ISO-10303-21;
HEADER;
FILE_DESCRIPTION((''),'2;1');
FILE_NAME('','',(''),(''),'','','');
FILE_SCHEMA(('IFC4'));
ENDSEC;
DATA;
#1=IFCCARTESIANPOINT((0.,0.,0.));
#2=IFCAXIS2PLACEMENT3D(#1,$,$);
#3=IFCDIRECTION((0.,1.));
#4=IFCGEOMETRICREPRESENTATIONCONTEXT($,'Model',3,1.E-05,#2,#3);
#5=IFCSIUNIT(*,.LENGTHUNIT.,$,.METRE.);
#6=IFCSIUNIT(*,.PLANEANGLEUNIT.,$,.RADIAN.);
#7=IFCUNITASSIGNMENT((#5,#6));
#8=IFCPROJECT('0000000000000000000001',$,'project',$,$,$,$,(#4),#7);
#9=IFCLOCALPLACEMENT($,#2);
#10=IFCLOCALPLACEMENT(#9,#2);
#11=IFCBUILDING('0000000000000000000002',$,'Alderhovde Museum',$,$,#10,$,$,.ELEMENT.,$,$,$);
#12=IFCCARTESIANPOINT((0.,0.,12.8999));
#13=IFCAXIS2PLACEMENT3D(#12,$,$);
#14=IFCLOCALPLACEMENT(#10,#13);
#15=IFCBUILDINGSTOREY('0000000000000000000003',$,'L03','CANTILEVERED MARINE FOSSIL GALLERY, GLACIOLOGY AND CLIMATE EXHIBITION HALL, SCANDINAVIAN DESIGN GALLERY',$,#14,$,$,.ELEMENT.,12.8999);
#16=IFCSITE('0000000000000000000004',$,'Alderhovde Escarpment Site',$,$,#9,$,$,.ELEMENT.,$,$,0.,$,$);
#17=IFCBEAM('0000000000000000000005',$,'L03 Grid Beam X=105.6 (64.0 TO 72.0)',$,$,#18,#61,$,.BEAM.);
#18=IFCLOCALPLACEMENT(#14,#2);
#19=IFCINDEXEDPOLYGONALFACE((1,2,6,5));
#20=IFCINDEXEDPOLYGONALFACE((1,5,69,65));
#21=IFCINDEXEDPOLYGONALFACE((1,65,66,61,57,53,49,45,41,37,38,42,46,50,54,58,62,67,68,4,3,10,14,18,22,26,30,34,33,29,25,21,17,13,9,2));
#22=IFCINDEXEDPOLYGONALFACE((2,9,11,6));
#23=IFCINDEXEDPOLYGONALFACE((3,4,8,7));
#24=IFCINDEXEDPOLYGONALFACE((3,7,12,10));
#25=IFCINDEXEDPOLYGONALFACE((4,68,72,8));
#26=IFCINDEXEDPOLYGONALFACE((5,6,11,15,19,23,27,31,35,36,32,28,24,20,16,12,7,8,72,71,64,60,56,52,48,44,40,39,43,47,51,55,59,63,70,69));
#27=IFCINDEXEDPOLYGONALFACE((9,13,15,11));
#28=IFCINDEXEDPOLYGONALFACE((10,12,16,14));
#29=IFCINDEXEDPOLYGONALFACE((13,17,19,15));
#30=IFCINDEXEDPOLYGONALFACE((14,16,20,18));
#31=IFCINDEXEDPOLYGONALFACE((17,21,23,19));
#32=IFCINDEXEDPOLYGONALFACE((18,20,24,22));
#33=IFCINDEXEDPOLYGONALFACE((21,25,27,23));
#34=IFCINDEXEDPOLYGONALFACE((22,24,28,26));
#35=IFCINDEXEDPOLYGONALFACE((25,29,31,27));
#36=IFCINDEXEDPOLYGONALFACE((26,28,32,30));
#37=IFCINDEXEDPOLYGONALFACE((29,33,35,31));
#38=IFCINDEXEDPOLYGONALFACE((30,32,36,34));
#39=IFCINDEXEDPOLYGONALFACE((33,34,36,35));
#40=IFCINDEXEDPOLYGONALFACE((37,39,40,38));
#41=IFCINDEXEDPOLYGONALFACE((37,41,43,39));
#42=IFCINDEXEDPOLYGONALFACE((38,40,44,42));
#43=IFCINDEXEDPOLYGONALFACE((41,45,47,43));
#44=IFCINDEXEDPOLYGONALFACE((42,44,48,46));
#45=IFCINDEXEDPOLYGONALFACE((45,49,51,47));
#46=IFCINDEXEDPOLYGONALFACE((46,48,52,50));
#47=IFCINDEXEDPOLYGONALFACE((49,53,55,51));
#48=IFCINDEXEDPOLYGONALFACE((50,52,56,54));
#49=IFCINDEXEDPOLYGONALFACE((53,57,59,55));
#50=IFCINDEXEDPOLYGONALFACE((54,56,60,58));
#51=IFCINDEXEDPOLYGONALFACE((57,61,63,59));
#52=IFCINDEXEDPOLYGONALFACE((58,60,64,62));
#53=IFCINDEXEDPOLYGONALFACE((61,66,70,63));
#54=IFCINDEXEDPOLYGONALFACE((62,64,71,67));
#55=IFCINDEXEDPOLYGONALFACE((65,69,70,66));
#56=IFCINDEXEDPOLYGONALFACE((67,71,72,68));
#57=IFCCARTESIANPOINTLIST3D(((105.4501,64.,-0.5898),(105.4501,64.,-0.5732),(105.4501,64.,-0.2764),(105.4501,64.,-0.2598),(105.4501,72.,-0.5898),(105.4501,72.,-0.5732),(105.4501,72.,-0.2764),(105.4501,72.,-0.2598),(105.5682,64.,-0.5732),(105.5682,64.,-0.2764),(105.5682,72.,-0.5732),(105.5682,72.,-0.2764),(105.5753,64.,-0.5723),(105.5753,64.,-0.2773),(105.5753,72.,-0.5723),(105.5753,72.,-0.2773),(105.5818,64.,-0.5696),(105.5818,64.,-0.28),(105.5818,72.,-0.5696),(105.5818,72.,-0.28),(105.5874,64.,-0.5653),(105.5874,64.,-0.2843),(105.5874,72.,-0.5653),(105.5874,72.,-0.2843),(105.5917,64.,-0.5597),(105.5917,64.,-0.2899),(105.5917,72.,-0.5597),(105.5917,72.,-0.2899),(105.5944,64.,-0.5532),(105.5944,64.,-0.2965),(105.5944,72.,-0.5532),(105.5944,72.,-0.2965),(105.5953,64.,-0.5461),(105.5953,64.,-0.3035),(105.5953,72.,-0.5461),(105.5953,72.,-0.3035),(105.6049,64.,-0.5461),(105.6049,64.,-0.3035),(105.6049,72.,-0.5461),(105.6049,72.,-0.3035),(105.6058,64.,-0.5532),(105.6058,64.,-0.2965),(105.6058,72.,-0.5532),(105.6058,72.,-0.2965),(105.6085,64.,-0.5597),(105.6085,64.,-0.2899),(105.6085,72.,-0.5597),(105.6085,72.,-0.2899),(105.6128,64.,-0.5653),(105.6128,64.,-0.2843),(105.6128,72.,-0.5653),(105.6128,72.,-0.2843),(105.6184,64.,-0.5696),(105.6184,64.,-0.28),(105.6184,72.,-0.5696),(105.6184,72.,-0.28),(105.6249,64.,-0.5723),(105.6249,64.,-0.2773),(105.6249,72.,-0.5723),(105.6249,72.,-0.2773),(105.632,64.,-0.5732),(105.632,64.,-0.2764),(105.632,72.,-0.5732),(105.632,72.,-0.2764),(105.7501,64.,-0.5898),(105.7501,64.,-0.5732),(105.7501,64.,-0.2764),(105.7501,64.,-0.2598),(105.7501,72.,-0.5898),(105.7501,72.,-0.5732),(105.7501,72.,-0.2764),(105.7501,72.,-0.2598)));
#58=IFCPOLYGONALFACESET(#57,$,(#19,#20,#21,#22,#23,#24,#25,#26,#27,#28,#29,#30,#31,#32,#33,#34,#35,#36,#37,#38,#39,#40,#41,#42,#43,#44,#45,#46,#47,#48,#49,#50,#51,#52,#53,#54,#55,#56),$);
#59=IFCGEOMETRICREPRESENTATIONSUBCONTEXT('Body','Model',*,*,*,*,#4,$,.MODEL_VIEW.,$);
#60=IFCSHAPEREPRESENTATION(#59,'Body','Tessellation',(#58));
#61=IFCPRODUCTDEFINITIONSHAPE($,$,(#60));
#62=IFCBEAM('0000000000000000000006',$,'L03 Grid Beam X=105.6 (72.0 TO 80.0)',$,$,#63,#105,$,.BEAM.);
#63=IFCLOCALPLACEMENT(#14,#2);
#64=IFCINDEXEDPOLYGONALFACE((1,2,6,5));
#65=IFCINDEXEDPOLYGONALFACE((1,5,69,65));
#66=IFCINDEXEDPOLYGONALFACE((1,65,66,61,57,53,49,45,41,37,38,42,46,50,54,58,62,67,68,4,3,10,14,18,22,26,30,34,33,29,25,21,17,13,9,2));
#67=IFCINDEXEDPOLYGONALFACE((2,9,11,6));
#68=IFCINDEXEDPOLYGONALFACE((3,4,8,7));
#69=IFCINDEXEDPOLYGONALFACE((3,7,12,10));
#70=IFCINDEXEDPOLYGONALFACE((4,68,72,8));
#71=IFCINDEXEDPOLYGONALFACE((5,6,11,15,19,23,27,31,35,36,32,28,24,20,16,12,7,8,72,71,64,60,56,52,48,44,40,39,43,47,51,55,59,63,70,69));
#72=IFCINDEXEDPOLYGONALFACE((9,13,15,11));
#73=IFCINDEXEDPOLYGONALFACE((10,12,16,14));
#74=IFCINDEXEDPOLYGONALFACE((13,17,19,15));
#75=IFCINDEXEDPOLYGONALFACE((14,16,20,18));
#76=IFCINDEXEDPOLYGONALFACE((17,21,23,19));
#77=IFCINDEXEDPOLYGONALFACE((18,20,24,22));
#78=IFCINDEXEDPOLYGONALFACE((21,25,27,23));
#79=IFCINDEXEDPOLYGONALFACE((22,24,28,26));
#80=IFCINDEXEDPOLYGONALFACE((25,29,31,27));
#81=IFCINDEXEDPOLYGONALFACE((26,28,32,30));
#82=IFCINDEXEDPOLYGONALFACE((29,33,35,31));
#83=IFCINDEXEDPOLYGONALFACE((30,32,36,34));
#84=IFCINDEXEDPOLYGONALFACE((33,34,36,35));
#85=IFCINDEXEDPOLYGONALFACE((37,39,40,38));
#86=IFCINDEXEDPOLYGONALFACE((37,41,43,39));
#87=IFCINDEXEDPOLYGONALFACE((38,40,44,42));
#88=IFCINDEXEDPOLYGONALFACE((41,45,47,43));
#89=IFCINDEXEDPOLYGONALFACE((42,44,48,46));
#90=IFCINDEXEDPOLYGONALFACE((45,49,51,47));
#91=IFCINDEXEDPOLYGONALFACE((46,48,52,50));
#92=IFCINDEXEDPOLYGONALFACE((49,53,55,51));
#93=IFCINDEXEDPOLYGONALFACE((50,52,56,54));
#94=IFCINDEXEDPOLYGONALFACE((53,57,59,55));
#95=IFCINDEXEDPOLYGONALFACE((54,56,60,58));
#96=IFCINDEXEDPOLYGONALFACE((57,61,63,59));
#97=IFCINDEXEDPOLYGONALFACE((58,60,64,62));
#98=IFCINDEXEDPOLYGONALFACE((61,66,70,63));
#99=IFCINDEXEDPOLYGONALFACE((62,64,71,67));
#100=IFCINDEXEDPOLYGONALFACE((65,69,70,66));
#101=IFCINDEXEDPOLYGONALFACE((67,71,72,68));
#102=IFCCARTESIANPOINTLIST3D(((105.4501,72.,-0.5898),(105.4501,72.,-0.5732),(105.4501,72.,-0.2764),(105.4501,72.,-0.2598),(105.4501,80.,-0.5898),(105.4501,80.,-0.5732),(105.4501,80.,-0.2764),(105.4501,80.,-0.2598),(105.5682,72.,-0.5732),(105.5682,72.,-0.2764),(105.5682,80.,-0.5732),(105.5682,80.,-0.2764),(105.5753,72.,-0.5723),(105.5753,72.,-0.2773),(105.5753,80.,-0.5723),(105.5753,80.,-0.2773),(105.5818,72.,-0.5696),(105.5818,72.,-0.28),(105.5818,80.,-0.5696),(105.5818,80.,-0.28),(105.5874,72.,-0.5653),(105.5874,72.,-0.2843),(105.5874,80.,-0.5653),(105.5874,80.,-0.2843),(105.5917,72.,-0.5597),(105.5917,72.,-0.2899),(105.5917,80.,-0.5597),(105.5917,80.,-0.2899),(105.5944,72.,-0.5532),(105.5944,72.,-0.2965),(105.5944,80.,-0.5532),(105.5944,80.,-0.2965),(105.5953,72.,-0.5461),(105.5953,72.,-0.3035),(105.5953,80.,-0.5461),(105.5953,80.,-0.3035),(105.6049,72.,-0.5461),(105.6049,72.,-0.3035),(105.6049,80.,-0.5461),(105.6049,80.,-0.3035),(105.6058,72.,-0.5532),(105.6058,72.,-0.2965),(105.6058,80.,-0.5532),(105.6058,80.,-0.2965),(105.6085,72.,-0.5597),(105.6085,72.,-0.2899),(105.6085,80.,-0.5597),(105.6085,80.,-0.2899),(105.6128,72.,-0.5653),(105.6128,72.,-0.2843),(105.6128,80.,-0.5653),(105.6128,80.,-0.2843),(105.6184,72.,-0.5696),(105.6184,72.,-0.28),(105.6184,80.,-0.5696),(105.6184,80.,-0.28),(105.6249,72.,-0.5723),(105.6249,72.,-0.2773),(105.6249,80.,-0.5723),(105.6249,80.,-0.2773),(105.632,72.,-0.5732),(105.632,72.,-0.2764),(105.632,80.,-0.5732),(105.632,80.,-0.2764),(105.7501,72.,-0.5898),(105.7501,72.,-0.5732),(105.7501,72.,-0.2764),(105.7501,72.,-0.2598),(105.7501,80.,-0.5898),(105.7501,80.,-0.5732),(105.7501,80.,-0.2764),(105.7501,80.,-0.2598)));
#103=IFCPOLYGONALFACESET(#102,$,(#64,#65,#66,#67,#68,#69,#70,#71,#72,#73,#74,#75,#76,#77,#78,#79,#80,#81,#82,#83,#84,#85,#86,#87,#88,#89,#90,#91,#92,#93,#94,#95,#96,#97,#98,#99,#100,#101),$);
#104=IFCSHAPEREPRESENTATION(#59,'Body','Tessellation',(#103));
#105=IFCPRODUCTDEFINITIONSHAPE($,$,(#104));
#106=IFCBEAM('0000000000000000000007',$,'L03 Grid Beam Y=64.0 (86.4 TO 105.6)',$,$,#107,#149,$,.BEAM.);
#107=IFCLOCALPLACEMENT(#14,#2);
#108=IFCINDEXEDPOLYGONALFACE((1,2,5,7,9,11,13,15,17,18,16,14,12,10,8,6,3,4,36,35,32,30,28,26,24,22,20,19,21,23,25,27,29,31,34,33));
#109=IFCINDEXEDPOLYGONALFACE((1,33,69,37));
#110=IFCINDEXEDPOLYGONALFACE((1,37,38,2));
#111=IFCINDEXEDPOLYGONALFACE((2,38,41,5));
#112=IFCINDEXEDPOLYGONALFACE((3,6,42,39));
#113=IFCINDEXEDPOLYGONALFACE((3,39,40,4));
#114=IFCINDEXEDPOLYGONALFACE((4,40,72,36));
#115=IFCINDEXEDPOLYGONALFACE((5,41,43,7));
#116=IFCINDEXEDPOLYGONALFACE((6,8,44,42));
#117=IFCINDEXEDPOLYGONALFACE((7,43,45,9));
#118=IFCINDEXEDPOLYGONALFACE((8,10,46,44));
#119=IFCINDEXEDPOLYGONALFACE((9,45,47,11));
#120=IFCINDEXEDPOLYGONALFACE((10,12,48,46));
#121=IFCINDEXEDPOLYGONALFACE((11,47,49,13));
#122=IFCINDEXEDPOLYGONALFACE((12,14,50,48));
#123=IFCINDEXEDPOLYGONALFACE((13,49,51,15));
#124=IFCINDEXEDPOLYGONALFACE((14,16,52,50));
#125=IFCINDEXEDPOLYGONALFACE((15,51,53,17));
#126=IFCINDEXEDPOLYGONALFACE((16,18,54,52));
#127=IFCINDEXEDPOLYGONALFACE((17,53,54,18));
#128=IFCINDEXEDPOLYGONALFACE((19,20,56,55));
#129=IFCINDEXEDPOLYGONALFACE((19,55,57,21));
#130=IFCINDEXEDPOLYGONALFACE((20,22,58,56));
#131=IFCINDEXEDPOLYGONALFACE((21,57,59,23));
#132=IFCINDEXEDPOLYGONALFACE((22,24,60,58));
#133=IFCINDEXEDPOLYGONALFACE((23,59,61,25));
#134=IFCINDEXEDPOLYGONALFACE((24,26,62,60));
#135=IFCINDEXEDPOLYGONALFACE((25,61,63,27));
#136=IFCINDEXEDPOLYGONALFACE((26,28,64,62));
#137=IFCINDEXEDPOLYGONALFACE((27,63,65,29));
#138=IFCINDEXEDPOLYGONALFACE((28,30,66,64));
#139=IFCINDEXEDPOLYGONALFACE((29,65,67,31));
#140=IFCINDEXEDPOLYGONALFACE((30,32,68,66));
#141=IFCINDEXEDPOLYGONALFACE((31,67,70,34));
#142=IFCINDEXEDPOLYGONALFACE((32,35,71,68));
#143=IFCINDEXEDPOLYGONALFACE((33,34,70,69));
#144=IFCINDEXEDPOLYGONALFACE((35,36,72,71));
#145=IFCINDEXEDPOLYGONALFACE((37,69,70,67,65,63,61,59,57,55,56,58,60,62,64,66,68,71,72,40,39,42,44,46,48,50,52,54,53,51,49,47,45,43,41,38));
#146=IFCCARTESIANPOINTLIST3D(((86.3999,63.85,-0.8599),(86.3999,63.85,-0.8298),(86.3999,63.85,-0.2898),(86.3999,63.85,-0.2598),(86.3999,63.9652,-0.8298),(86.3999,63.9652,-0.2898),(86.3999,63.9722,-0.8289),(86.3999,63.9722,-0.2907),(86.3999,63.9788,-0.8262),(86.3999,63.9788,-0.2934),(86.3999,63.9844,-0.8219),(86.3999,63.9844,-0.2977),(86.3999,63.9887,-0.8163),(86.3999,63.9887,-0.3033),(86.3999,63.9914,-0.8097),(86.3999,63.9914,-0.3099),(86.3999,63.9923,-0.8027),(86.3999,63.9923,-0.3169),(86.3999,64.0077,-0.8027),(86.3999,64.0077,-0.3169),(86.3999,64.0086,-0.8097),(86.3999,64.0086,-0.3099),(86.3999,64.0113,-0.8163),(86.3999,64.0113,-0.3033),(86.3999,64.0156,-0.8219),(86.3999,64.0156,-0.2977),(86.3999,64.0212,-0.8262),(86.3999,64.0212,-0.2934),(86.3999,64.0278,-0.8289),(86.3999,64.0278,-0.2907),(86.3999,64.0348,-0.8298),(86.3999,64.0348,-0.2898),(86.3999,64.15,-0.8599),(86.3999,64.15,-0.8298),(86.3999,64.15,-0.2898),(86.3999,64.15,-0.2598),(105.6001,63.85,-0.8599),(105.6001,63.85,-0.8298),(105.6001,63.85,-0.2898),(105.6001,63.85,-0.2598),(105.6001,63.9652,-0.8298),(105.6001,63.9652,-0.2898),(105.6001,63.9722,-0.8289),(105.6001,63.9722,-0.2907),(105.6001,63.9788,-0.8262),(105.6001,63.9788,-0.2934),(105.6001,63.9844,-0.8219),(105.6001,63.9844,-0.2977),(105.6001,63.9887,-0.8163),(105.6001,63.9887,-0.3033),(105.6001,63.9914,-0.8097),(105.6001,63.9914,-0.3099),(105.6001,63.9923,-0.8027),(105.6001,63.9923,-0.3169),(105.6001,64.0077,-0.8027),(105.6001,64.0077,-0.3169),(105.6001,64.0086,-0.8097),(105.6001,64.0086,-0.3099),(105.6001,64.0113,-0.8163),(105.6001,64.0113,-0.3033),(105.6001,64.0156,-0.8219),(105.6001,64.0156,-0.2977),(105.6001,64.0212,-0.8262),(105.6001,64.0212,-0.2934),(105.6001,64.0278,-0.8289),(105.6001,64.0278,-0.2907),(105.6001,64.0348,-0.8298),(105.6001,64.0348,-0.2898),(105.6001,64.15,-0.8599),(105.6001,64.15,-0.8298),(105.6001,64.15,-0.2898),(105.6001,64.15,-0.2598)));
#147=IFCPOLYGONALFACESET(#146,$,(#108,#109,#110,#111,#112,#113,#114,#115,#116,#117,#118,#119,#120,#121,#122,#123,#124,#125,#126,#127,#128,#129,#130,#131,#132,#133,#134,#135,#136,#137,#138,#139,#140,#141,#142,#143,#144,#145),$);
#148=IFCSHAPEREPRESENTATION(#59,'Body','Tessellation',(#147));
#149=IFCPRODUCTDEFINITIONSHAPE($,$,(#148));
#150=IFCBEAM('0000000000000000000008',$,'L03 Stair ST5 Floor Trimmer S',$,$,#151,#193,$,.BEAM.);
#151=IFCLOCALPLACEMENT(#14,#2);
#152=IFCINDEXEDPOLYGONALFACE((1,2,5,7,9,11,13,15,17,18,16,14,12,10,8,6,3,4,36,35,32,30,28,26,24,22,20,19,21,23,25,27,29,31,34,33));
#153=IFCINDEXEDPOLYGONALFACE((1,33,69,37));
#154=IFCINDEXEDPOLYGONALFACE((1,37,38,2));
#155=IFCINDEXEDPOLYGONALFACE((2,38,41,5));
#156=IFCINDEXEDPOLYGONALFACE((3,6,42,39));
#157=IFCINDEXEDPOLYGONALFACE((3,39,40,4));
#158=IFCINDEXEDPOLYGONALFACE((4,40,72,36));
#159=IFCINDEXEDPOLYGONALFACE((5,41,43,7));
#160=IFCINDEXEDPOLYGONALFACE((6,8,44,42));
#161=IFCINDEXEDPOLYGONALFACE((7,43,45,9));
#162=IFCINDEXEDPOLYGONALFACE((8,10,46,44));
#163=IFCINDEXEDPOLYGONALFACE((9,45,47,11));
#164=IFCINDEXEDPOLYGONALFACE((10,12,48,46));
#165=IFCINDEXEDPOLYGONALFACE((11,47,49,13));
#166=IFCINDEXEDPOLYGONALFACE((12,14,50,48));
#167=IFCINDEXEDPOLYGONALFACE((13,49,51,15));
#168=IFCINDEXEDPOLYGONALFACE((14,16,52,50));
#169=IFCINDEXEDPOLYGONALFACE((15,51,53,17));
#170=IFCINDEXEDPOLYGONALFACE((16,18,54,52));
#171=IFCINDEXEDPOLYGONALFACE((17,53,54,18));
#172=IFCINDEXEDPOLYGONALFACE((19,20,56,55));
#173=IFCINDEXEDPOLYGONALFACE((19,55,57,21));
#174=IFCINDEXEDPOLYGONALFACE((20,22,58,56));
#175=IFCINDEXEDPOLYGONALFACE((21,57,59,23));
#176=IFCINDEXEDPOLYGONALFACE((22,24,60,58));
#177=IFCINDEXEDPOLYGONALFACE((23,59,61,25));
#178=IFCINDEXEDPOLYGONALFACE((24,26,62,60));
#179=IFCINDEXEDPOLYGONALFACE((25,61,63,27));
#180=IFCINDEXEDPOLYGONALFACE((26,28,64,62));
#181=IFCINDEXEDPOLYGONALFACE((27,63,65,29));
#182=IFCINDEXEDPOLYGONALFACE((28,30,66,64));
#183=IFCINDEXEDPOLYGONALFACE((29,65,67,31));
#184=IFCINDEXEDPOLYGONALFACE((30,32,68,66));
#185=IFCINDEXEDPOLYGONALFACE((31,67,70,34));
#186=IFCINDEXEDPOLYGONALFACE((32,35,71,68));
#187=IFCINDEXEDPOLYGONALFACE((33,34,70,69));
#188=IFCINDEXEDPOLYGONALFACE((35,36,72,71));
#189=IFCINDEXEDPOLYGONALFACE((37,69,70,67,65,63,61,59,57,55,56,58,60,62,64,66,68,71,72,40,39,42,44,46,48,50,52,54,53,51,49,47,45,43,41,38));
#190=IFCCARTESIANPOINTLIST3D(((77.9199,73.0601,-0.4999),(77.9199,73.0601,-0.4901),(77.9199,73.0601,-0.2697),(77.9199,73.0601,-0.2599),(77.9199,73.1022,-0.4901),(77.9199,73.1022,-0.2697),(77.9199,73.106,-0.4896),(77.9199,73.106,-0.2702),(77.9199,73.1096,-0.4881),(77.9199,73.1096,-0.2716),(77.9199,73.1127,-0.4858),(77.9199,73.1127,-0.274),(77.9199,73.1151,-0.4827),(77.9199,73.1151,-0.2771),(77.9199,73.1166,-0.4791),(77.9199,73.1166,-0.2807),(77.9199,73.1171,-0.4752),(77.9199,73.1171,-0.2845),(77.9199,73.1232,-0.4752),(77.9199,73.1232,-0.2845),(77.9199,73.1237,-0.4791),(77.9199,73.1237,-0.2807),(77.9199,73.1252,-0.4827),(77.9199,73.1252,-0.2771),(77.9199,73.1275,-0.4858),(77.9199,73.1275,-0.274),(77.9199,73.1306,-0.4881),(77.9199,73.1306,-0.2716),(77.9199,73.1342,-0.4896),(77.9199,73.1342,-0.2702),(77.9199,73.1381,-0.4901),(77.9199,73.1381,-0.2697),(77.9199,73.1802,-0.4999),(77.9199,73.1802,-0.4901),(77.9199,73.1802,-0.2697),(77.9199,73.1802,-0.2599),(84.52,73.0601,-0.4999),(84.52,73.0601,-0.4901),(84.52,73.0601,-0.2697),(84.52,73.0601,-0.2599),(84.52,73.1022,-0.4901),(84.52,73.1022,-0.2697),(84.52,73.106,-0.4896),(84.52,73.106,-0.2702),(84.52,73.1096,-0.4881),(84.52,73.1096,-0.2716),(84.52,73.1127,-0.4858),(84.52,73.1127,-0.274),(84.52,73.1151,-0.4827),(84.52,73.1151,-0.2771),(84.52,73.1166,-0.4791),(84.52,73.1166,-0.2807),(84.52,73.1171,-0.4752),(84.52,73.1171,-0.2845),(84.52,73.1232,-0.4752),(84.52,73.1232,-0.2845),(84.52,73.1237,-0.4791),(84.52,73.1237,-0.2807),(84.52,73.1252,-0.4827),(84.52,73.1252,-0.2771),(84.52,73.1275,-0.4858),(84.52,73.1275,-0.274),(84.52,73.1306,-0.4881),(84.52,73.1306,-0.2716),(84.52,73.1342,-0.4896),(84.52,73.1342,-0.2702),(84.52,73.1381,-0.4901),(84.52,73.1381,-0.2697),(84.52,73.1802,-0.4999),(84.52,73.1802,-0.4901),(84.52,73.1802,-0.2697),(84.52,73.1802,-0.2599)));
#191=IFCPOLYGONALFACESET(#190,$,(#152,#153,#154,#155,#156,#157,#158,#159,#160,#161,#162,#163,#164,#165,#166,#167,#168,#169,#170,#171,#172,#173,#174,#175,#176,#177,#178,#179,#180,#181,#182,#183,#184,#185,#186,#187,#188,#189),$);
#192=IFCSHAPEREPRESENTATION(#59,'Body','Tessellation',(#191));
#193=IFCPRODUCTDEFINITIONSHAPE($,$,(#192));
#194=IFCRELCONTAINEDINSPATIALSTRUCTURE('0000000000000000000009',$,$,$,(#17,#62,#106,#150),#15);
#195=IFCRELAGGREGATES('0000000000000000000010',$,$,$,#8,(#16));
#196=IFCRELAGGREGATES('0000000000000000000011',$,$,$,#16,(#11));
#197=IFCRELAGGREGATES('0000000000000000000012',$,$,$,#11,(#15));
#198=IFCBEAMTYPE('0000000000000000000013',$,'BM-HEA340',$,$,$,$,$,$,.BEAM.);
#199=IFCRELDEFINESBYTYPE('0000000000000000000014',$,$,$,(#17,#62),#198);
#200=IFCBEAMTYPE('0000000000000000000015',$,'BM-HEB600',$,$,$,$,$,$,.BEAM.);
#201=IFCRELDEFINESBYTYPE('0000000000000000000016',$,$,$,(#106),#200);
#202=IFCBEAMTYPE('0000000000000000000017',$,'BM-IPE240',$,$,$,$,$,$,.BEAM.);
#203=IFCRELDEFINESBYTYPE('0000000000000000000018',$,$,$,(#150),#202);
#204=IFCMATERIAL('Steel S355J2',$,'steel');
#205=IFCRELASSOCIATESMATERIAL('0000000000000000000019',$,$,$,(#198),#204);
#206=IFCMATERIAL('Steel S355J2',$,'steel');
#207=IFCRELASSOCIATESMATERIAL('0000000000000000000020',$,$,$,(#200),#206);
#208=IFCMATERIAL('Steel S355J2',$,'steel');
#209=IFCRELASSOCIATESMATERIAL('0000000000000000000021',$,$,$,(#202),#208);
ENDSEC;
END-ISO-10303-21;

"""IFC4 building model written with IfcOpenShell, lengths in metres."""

from ifc_helpers import new_model, si_unit, direction, frame, origin, origin_2d, place, context, subcontext, project, spatial, i_section, extrude, material, material_profile, profile_set, type_object, element, save


model = new_model("IFC4")

# Units and contexts
model_context = context("Model", 3, precision=1e-05, world=origin(), true_north=direction((0.0, 1.0)))
body_context = subcontext(model_context, "Body", "Model", "MODEL_VIEW")
ifc_project = project(units=[si_unit("LENGTHUNIT", "METRE"), si_unit("PLANEANGLEUNIT", "RADIAN")], contexts=[model_context])

# Site, building, storey
site_placement = place(None, origin())
site = spatial("IfcSite", under=ifc_project, at=site_placement, Name="Alderhovde Escarpment Site", CompositionType="ELEMENT", RefElevation=0.0)
building_placement = place(site_placement, origin())
building = spatial("IfcBuilding", under=site, at=building_placement, Name="Alderhovde Museum", CompositionType="ELEMENT")
storey_placement = place(building_placement, frame((0.0, 0.0, 12.8999)))
storey = spatial("IfcBuildingStorey", under=building, at=storey_placement, Name="L03", Description="CANTILEVERED MARINE FOSSIL GALLERY, GLACIOLOGY AND CLIMATE EXHIBITION HALL, SCANDINAVIAN DESIGN GALLERY", CompositionType="ELEMENT", Elevation=12.8999)

# Beams
ifc_material_1 = material(Name="Steel S355J2", Category="steel")
ifc_material_profile_1 = material_profile(ifc_material_1, i_section(OverallWidth=0.3, OverallDepth=0.3301, WebThickness=0.0095, FlangeThickness=0.0166, FilletRadius=0.0271, at=origin_2d()), Name="HEA 340")
ifc_profile_set_1 = profile_set([ifc_material_profile_1], Name="Steel S355J2")
beam_type_1 = type_object("IfcBeamType", Name="BM-HEA340", PredefinedType="BEAM", material=ifc_profile_set_1)
for number, where, z_axis, x_axis, name in (
    (1, (105.6001, 64.0, -0.4248), (0.0, 1.0, 0.0), (-1.0, 0.0, 0.0), "L03 Grid Beam X=105.6 (64.0 TO 72.0)"),
    (2, (105.6001, 72.0, -0.4248), (0.0, 1.0, 0.0), (-1.0, 0.0, 0.0), "L03 Grid Beam X=105.6 (72.0 TO 80.0)"),
):
    element("IfcBeam", number, at=place(storey_placement, frame(where, z_axis=z_axis, x_axis=x_axis)), inside=storey, type_object=beam_type_1, Name=name, PredefinedType="BEAM", context=body_context, shape_type="SweptSolid", body=[
        extrude(i_section(OverallWidth=0.3, OverallDepth=0.3301, WebThickness=0.0095, FlangeThickness=0.0166, FilletRadius=0.0271, at=origin_2d()), origin(), (0.0, 0.0, 1.0), 8.0),
    ])
ifc_material_2 = material(Name="Steel S355J2", Category="steel")
ifc_material_profile_2 = material_profile(ifc_material_2, i_section(OverallWidth=0.3, OverallDepth=0.6001, WebThickness=0.0154, FlangeThickness=0.03, FilletRadius=0.0271, at=origin_2d()), Name="HEB 600")
ifc_profile_set_2 = profile_set([ifc_material_profile_2], Name="Steel S355J2")
beam_type_2 = type_object("IfcBeamType", Name="BM-HEB600", PredefinedType="BEAM", material=ifc_profile_set_2)
beam_1_placement = place(storey_placement, frame((86.3999, 64.0, -0.5598), z_axis=(1.0, 0.0, 0.0), x_axis=(0.0, 1.0, 0.0)))
element("IfcBeam", 3, at=beam_1_placement, inside=storey, type_object=beam_type_2, Name="L03 Grid Beam Y=64.0 (86.4 TO 105.6)", PredefinedType="BEAM", context=body_context, shape_type="SweptSolid", body=[
    extrude(i_section(OverallWidth=0.3, OverallDepth=0.6001, WebThickness=0.0154, FlangeThickness=0.03, FilletRadius=0.0271, at=origin_2d()), origin(), (0.0, 0.0, 1.0), 19.2002),
])
ifc_material_3 = material(Name="Steel S355J2", Category="steel")
ifc_material_profile_3 = material_profile(ifc_material_3, i_section(OverallWidth=0.1201, OverallDepth=0.24, WebThickness=0.0061, FlangeThickness=0.0098, FilletRadius=0.0149, at=origin_2d()), Name="IPE 240")
ifc_profile_set_3 = profile_set([ifc_material_profile_3], Name="Steel S355J2")
beam_type_3 = type_object("IfcBeamType", Name="BM-IPE240", PredefinedType="BEAM", material=ifc_profile_set_3)
beam_2_placement = place(storey_placement, frame((77.9199, 73.1201, -0.3799), z_axis=(1.0, 0.0, 0.0), x_axis=(0.0, 1.0, 0.0)))
element("IfcBeam", 4, at=beam_2_placement, inside=storey, type_object=beam_type_3, Name="L03 Stair ST5 Floor Trimmer S", PredefinedType="BEAM", context=body_context, shape_type="SweptSolid", body=[
    extrude(i_section(OverallWidth=0.1201, OverallDepth=0.24, WebThickness=0.0061, FlangeThickness=0.0098, FilletRadius=0.0149, at=origin_2d()), origin(), (0.0, 0.0, 1.0), 6.6001),
])

save(model, "model.ifc")
